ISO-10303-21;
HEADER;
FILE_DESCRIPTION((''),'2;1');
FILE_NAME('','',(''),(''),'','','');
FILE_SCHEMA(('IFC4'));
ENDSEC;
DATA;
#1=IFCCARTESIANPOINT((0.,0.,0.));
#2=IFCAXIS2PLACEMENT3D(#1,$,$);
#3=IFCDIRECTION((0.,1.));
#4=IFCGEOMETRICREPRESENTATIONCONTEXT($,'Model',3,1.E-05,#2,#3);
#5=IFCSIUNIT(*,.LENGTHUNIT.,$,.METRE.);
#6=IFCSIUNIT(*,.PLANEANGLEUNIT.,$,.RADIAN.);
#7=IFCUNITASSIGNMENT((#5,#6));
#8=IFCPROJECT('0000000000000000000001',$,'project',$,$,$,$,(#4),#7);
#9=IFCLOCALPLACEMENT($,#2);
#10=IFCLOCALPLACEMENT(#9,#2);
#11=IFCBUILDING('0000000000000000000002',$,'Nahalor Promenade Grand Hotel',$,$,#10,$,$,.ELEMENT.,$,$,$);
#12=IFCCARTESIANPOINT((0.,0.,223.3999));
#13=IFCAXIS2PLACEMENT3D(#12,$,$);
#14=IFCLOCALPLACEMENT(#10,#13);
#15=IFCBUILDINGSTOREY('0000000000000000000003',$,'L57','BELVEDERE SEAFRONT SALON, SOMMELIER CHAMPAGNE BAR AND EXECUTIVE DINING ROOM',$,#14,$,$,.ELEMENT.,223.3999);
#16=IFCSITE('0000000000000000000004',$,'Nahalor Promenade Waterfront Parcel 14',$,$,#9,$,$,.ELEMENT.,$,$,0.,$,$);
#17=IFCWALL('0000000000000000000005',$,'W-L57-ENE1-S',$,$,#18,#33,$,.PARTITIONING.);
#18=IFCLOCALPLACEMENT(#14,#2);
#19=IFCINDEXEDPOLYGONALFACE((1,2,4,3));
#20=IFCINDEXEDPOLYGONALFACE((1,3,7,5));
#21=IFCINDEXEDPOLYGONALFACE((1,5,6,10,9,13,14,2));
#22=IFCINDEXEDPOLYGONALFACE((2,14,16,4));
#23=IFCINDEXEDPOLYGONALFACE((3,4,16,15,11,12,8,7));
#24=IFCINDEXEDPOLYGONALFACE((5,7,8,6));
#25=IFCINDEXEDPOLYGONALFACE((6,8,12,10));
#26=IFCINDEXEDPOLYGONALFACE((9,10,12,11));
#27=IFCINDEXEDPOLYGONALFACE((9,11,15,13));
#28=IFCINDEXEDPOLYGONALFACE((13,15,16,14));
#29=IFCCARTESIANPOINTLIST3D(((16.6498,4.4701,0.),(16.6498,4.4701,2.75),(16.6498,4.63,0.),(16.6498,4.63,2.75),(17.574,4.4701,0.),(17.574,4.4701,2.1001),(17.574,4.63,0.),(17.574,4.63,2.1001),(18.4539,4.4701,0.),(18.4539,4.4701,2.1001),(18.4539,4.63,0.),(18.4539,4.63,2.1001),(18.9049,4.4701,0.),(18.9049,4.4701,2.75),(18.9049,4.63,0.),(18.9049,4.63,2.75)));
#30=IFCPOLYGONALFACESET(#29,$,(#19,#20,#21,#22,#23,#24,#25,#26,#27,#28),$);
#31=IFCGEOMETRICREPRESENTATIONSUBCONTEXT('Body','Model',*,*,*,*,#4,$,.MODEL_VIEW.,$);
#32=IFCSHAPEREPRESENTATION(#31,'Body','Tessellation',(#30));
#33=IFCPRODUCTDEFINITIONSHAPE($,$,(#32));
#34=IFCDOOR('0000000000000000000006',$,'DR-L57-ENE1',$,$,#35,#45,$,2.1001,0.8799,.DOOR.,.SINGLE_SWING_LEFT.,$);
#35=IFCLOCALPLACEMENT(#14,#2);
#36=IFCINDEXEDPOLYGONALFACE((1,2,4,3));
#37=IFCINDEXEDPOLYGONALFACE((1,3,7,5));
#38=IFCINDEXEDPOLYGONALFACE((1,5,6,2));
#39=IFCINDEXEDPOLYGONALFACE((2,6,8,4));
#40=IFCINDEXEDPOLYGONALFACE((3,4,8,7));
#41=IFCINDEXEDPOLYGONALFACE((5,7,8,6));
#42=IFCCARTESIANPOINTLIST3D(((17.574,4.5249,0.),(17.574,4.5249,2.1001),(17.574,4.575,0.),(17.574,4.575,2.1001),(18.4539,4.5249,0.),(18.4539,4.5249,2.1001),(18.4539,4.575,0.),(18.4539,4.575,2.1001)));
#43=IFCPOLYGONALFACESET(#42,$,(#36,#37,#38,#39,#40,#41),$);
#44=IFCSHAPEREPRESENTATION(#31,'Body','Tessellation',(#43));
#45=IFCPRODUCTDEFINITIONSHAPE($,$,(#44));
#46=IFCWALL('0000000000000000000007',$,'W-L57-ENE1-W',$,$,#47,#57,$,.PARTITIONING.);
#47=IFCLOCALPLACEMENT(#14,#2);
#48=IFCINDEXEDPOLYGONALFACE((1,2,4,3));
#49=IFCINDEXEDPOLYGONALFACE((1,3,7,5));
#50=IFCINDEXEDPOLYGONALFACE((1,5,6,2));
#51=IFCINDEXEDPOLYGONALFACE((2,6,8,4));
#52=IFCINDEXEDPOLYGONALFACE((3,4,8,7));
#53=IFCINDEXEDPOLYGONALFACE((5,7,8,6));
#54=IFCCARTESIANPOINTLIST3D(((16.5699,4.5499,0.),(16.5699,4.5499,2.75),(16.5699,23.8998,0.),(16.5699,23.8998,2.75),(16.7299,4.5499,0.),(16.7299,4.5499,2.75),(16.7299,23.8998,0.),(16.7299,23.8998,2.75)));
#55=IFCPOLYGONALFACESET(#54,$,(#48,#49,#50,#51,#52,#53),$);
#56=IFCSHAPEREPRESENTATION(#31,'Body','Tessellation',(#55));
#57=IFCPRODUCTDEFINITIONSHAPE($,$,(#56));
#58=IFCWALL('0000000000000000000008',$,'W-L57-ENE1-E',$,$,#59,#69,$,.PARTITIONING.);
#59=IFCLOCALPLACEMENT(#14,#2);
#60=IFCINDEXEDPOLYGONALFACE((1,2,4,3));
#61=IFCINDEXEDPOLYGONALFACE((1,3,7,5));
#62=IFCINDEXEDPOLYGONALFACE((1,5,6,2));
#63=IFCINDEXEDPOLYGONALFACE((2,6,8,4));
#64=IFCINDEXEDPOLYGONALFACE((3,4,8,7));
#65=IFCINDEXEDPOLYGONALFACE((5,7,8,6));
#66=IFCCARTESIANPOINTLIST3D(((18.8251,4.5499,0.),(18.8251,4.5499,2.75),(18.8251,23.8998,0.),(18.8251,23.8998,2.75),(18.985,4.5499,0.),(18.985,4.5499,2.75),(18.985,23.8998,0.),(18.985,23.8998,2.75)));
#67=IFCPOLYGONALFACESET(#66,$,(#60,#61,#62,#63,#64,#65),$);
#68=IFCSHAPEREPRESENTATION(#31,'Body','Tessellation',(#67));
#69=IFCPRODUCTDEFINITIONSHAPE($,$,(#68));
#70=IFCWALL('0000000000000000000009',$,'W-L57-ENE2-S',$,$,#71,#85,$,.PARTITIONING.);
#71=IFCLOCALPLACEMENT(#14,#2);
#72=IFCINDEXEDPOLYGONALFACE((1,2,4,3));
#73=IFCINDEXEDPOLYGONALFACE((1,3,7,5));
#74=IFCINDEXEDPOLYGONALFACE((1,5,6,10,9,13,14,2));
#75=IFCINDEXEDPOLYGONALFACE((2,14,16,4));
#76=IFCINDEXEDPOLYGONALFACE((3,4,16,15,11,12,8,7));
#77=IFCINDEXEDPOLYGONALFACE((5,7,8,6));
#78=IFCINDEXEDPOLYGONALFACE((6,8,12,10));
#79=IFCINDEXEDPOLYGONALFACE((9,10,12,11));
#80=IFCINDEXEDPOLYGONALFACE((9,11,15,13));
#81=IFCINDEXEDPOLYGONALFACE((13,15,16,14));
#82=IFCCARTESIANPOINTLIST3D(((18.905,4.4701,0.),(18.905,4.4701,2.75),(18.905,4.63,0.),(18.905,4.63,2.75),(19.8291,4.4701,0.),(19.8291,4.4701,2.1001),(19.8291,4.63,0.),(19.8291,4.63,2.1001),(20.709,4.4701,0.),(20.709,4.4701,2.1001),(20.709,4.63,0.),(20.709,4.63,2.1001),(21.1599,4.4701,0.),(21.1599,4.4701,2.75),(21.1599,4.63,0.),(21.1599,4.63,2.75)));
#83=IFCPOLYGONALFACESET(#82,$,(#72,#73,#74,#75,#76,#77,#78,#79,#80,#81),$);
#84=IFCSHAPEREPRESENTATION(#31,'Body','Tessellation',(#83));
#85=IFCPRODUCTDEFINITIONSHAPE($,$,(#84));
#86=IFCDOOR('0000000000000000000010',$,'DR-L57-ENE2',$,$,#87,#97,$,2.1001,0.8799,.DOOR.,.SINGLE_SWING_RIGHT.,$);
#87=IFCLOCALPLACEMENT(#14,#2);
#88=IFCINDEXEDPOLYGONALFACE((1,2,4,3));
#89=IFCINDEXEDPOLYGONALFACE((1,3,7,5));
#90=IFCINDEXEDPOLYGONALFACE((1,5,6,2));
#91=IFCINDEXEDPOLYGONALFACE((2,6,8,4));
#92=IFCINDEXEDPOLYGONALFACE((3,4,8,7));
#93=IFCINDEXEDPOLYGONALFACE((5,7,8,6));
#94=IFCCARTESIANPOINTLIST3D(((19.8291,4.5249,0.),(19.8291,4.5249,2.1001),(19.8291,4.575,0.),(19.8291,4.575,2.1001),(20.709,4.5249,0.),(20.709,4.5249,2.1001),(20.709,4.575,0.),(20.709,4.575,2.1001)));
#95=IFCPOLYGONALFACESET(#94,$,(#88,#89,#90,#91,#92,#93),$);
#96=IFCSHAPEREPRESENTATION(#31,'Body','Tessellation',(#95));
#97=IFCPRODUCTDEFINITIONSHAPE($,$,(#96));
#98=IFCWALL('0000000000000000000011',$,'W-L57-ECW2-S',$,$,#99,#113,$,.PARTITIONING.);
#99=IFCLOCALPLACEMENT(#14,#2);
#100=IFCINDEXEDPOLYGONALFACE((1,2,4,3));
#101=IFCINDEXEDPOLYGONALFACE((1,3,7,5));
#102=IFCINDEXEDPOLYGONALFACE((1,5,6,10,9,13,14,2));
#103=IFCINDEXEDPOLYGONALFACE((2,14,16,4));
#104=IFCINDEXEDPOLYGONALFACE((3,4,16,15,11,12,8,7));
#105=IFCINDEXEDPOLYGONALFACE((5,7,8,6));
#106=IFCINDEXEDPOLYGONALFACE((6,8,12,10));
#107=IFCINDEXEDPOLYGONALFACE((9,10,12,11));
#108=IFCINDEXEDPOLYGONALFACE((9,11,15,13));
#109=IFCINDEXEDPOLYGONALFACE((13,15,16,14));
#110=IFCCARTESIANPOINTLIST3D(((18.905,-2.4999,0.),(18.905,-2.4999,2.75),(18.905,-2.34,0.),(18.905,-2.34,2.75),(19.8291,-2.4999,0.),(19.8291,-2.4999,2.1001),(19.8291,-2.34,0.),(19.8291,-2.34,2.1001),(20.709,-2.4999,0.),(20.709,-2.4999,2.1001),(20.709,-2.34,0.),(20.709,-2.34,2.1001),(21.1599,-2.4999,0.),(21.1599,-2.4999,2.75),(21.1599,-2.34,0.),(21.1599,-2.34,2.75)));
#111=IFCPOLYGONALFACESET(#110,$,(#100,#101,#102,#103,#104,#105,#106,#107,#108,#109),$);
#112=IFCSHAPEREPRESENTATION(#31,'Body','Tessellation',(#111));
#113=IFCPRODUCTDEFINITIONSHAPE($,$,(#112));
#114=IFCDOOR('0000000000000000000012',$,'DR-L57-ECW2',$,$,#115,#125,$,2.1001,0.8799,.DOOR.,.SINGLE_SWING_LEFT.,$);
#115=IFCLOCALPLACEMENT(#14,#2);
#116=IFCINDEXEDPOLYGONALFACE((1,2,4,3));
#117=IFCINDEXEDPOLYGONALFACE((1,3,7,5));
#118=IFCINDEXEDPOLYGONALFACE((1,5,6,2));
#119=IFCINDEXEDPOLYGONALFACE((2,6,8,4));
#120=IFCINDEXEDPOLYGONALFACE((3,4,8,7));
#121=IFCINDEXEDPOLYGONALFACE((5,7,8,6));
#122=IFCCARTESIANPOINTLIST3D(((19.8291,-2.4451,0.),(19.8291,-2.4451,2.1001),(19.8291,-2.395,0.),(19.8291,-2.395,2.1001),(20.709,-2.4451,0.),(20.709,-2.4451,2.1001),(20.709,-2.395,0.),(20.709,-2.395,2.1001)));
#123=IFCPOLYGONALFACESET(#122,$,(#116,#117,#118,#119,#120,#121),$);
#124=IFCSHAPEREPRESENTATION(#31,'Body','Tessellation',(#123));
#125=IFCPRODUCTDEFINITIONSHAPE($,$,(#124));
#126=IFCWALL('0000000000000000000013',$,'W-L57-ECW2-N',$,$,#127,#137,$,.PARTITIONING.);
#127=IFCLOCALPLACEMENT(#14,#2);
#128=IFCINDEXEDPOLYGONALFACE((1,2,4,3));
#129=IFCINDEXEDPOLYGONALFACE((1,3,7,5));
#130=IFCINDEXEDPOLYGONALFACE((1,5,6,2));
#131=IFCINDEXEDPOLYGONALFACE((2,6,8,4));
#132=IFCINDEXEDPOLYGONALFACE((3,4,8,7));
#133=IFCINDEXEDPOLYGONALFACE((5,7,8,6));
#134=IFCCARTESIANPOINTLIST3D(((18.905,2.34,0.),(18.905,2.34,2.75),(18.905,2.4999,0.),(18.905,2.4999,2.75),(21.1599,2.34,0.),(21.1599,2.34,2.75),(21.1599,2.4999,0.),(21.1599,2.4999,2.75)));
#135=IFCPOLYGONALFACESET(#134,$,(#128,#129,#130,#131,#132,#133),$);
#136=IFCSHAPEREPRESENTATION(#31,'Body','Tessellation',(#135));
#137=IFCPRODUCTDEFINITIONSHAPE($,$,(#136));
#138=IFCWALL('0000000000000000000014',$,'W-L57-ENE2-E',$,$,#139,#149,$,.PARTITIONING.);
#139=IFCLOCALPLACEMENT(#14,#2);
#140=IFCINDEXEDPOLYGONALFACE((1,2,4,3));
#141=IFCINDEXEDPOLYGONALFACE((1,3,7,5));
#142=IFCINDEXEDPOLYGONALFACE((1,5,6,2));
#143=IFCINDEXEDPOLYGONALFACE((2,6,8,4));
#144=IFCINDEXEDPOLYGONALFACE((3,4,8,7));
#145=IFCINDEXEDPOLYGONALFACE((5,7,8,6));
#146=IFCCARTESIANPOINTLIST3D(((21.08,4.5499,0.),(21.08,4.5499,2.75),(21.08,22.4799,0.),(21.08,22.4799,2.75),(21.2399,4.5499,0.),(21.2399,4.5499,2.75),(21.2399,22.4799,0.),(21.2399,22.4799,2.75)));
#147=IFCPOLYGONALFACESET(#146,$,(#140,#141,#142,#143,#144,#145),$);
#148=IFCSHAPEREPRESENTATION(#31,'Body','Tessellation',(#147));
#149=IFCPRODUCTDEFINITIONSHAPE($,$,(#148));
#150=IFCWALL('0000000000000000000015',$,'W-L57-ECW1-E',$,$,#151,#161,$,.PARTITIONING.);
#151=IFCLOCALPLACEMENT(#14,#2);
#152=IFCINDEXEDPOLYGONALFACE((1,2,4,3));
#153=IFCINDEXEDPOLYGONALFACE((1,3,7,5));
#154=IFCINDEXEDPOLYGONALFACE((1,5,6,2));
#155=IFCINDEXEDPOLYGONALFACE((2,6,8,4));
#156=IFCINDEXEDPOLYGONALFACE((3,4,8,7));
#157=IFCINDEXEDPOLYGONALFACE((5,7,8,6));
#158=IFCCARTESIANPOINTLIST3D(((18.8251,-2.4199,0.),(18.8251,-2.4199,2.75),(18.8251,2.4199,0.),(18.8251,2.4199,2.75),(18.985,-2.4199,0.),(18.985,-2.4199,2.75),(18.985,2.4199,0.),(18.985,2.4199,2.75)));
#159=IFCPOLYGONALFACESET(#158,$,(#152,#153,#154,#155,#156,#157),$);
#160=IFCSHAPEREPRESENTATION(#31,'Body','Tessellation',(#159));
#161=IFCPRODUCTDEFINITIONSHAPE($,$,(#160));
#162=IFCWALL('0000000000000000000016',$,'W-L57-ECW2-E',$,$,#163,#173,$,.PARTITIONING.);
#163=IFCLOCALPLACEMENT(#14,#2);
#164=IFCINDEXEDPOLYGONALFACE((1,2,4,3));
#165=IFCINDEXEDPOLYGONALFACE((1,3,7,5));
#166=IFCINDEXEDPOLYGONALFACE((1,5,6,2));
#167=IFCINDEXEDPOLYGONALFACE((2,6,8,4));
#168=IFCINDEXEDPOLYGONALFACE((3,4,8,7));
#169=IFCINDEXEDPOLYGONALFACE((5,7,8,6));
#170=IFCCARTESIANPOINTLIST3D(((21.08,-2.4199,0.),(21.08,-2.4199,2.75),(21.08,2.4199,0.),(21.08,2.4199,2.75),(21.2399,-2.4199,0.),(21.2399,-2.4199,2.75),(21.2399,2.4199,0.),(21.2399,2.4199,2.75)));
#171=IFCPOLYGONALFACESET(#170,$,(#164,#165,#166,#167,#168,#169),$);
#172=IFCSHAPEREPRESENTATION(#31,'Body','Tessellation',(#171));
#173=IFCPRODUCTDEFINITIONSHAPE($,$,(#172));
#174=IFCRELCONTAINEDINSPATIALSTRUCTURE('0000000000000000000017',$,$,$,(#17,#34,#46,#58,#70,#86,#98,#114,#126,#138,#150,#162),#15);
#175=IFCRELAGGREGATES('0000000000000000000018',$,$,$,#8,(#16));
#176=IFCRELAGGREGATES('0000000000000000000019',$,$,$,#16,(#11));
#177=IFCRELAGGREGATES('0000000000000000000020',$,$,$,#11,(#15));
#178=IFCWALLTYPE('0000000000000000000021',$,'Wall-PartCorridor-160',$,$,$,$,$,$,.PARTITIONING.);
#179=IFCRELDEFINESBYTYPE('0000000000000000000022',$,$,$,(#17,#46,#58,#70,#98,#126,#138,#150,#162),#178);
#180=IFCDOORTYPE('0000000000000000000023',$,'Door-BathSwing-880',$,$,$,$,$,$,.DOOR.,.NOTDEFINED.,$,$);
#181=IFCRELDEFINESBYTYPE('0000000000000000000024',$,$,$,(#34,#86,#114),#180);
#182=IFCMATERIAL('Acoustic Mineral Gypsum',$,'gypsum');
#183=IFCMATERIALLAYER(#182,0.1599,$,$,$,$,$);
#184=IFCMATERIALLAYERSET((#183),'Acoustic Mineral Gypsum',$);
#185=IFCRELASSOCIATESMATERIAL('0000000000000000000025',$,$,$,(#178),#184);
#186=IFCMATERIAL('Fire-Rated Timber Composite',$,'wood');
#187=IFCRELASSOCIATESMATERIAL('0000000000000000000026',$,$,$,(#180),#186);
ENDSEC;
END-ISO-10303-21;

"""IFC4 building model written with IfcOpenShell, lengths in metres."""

from ifc_helpers import new_model, si_unit, direction, frame, frame_2d, origin, place, context, subcontext, project, spatial, rectangle, extrude, source, transform, mapped, material, layer, layer_set, type_object, element, fill, save


model = new_model("IFC4")

# Units and contexts
model_context = context("Model", 3, precision=1e-05, world=origin(), true_north=direction((0.0, 1.0)))
body_context = subcontext(model_context, "Body", "Model", "MODEL_VIEW")
ifc_project = project(units=[si_unit("LENGTHUNIT", "METRE"), si_unit("PLANEANGLEUNIT", "RADIAN")], contexts=[model_context])

# Site, building, storey
site_placement = place(None, origin())
site = spatial("IfcSite", under=ifc_project, at=site_placement, Name="Nahalor Promenade Waterfront Parcel 14", CompositionType="ELEMENT", RefElevation=0.0)
building_placement = place(site_placement, origin())
building = spatial("IfcBuilding", under=site, at=building_placement, Name="Nahalor Promenade Grand Hotel", CompositionType="ELEMENT")
storey_placement = place(building_placement, frame((0.0, 0.0, 223.3999)))
storey = spatial("IfcBuildingStorey", under=building, at=storey_placement, Name="L57", Description="BELVEDERE SEAFRONT SALON, SOMMELIER CHAMPAGNE BAR AND EXECUTIVE DINING ROOM", CompositionType="ELEMENT", Elevation=223.3999)

# Wall, opening, door
ifc_material_1 = material(Name="Acoustic Mineral Gypsum", Category="gypsum")
ifc_layer_1 = layer(ifc_material_1, 0.1599)
ifc_layer_set_1 = layer_set([ifc_layer_1], Name="Acoustic Mineral Gypsum")
wall_type_1 = type_object("IfcWallType", Name="Wall-PartCorridor-160", PredefinedType="PARTITIONING", material=ifc_layer_set_1)
shared_shape_1 = source(origin(), body_context, "Body", "SweptSolid", [
    extrude(rectangle(XDim=2.2551, YDim=0.1599, at=frame_2d((1.1274, 0.0))), origin(), (0.0, 0.0, 1.0), 2.75),
])
wall_1_placement = place(storey_placement, frame((16.6499, 4.55, 0.0), z_axis=(0.0, 0.0, 1.0), x_axis=(1.0, 0.0, 0.0)))
wall_1 = element("IfcWall", 1, at=wall_1_placement, inside=storey, type_object=wall_type_1, Name="W-L57-ENE1-S", PredefinedType="PARTITIONING", context=body_context, shape_type="MappedRepresentation", body=[
    mapped(shared_shape_1, transform((0.0, 0.0, 0.0), scale=1.0)),
])
opening_1_placement = place(wall_1_placement, frame((0.9241, 0.0, 0.0)))
opening_1 = element("IfcOpeningElement", 2, at=opening_1_placement, cuts=wall_1, PredefinedType="OPENING", context=body_context, shape_type="SweptSolid", body=[
    extrude(rectangle(XDim=0.8799, YDim=2.1001, at=frame_2d((0.4399, 1.05))), frame((0.0, 0.0898, 0.0), z_axis=(0.0, -1.0, 0.0), x_axis=(1.0, 0.0, 0.0)), (0.0, 0.0, 1.0), 0.1799),
])
ifc_material_2 = material(Name="Fire-Rated Timber Composite", Category="wood")
door_type_1 = type_object("IfcDoorType", Name="Door-BathSwing-880", OperationType="NOTDEFINED", PredefinedType="DOOR", material=ifc_material_2)
shared_shape_2 = source(origin(), body_context, "Body", "SweptSolid", [
    extrude(rectangle(XDim=0.8799, YDim=2.1001, at=frame_2d((0.4399, 1.05))), frame((0.0, 0.0249, 0.0), z_axis=(0.0, -1.0, 0.0), x_axis=(1.0, 0.0, 0.0)), (0.0, 0.0, 1.0), 0.05),
])
door_1_placement = place(opening_1_placement, origin())
door_1 = element("IfcDoor", 3, at=door_1_placement, inside=storey, type_object=door_type_1, Name="DR-L57-ENE1", OperationType="SINGLE_SWING_LEFT", OverallHeight=2.1001, OverallWidth=0.8799, PredefinedType="DOOR", context=body_context, shape_type="MappedRepresentation", body=[
    mapped(shared_shape_2, transform((0.0, 0.0, 0.0), scale=1.0)),
])
fill(opening_1, door_1)

# Walls
shared_shape_3 = source(origin(), body_context, "Body", "SweptSolid", [
    extrude(rectangle(XDim=19.3499, YDim=0.1599, at=frame_2d((9.6748, 0.0))), origin(), (0.0, 0.0, 1.0), 2.75),
])
for number, where, z_axis, x_axis, name in (
    (4, (16.6499, 4.55, 0.0), (0.0, 0.0, 1.0), (0.0, 1.0, 0.0), "W-L57-ENE1-W"),
    (5, (18.905, 4.55, 0.0), (0.0, 0.0, 1.0), (0.0, 1.0, 0.0), "W-L57-ENE1-E"),
):
    element("IfcWall", number, at=place(storey_placement, frame(where, z_axis=z_axis, x_axis=x_axis)), inside=storey, type_object=wall_type_1, Name=name, PredefinedType="PARTITIONING", context=body_context, shape_type="MappedRepresentation", body=[
        mapped(shared_shape_3, transform((0.0, 0.0, 0.0), scale=1.0)),
    ])

# Walls, openings, doors
shared_shape_4 = source(origin(), body_context, "Body", "SweptSolid", [
    extrude(rectangle(XDim=2.2549, YDim=0.1599, at=frame_2d((1.1274, 0.0))), origin(), (0.0, 0.0, 1.0), 2.75),
])
wall_2_placement = place(storey_placement, frame((18.905, 4.55, 0.0), z_axis=(0.0, 0.0, 1.0), x_axis=(1.0, 0.0, 0.0)))
wall_2 = element("IfcWall", 6, at=wall_2_placement, inside=storey, type_object=wall_type_1, Name="W-L57-ENE2-S", PredefinedType="PARTITIONING", context=body_context, shape_type="MappedRepresentation", body=[
    mapped(shared_shape_4, transform((0.0, 0.0, 0.0), scale=1.0)),
])
opening_2_placement = place(wall_2_placement, frame((0.9241, 0.0, 0.0)))
opening_2 = element("IfcOpeningElement", 7, at=opening_2_placement, cuts=wall_2, PredefinedType="OPENING", context=body_context, shape_type="SweptSolid", body=[
    extrude(rectangle(XDim=0.8799, YDim=2.1001, at=frame_2d((0.4399, 1.05))), frame((0.0, 0.0898, 0.0), z_axis=(0.0, -1.0, 0.0), x_axis=(1.0, 0.0, 0.0)), (0.0, 0.0, 1.0), 0.1799),
])
door_2_placement = place(opening_2_placement, origin())
door_2 = element("IfcDoor", 8, at=door_2_placement, inside=storey, type_object=door_type_1, Name="DR-L57-ENE2", OperationType="SINGLE_SWING_RIGHT", OverallHeight=2.1001, OverallWidth=0.8799, PredefinedType="DOOR", context=body_context, shape_type="MappedRepresentation", body=[
    mapped(shared_shape_2, transform((0.0, 0.0, 0.0), scale=1.0)),
])
fill(opening_2, door_2)
wall_3_placement = place(storey_placement, frame((18.905, -2.4199, 0.0), z_axis=(0.0, 0.0, 1.0), x_axis=(1.0, 0.0, 0.0)))
wall_3 = element("IfcWall", 9, at=wall_3_placement, inside=storey, type_object=wall_type_1, Name="W-L57-ECW2-S", PredefinedType="PARTITIONING", context=body_context, shape_type="MappedRepresentation", body=[
    mapped(shared_shape_4, transform((0.0, 0.0, 0.0), scale=1.0)),
])
opening_3_placement = place(wall_3_placement, frame((0.9241, 0.0, 0.0)))
opening_3 = element("IfcOpeningElement", 10, at=opening_3_placement, cuts=wall_3, PredefinedType="OPENING", context=body_context, shape_type="SweptSolid", body=[
    extrude(rectangle(XDim=0.8799, YDim=2.1001, at=frame_2d((0.4399, 1.05))), frame((0.0, 0.0898, 0.0), z_axis=(0.0, -1.0, 0.0), x_axis=(1.0, 0.0, 0.0)), (0.0, 0.0, 1.0), 0.1799),
])
door_3_placement = place(opening_3_placement, origin())
door_3 = element("IfcDoor", 11, at=door_3_placement, inside=storey, type_object=door_type_1, Name="DR-L57-ECW2", OperationType="SINGLE_SWING_LEFT", OverallHeight=2.1001, OverallWidth=0.8799, PredefinedType="DOOR", context=body_context, shape_type="MappedRepresentation", body=[
    mapped(shared_shape_2, transform((0.0, 0.0, 0.0), scale=1.0)),
])
fill(opening_3, door_3)

# Walls
wall_4_placement = place(storey_placement, frame((18.905, 2.4199, 0.0), z_axis=(0.0, 0.0, 1.0), x_axis=(1.0, 0.0, 0.0)))
element("IfcWall", 12, at=wall_4_placement, inside=storey, type_object=wall_type_1, Name="W-L57-ECW2-N", PredefinedType="PARTITIONING", context=body_context, shape_type="MappedRepresentation", body=[
    mapped(shared_shape_4, transform((0.0, 0.0, 0.0), scale=1.0)),
])
shared_shape_5 = source(origin(), body_context, "Body", "SweptSolid", [
    extrude(rectangle(XDim=17.9299, YDim=0.1599, at=frame_2d((8.9648, 0.0))), origin(), (0.0, 0.0, 1.0), 2.75),
])
wall_5_placement = place(storey_placement, frame((21.1599, 4.55, 0.0), z_axis=(0.0, 0.0, 1.0), x_axis=(0.0, 1.0, 0.0)))
element("IfcWall", 13, at=wall_5_placement, inside=storey, type_object=wall_type_1, Name="W-L57-ENE2-E", PredefinedType="PARTITIONING", context=body_context, shape_type="MappedRepresentation", body=[
    mapped(shared_shape_5, transform((0.0, 0.0, 0.0), scale=1.0)),
])
shared_shape_6 = source(origin(), body_context, "Body", "SweptSolid", [
    extrude(rectangle(XDim=4.8398, YDim=0.1599, at=frame_2d((2.4199, 0.0))), origin(), (0.0, 0.0, 1.0), 2.75),
])
for number, where, z_axis, x_axis, name in (
    (14, (18.905, -2.4199, 0.0), (0.0, 0.0, 1.0), (0.0, 1.0, 0.0), "W-L57-ECW1-E"),
    (15, (21.1599, -2.4199, 0.0), (0.0, 0.0, 1.0), (0.0, 1.0, 0.0), "W-L57-ECW2-E"),
):
    element("IfcWall", number, at=place(storey_placement, frame(where, z_axis=z_axis, x_axis=x_axis)), inside=storey, type_object=wall_type_1, Name=name, PredefinedType="PARTITIONING", context=body_context, shape_type="MappedRepresentation", body=[
        mapped(shared_shape_6, transform((0.0, 0.0, 0.0), scale=1.0)),
    ])

save(model, "model.ifc")
